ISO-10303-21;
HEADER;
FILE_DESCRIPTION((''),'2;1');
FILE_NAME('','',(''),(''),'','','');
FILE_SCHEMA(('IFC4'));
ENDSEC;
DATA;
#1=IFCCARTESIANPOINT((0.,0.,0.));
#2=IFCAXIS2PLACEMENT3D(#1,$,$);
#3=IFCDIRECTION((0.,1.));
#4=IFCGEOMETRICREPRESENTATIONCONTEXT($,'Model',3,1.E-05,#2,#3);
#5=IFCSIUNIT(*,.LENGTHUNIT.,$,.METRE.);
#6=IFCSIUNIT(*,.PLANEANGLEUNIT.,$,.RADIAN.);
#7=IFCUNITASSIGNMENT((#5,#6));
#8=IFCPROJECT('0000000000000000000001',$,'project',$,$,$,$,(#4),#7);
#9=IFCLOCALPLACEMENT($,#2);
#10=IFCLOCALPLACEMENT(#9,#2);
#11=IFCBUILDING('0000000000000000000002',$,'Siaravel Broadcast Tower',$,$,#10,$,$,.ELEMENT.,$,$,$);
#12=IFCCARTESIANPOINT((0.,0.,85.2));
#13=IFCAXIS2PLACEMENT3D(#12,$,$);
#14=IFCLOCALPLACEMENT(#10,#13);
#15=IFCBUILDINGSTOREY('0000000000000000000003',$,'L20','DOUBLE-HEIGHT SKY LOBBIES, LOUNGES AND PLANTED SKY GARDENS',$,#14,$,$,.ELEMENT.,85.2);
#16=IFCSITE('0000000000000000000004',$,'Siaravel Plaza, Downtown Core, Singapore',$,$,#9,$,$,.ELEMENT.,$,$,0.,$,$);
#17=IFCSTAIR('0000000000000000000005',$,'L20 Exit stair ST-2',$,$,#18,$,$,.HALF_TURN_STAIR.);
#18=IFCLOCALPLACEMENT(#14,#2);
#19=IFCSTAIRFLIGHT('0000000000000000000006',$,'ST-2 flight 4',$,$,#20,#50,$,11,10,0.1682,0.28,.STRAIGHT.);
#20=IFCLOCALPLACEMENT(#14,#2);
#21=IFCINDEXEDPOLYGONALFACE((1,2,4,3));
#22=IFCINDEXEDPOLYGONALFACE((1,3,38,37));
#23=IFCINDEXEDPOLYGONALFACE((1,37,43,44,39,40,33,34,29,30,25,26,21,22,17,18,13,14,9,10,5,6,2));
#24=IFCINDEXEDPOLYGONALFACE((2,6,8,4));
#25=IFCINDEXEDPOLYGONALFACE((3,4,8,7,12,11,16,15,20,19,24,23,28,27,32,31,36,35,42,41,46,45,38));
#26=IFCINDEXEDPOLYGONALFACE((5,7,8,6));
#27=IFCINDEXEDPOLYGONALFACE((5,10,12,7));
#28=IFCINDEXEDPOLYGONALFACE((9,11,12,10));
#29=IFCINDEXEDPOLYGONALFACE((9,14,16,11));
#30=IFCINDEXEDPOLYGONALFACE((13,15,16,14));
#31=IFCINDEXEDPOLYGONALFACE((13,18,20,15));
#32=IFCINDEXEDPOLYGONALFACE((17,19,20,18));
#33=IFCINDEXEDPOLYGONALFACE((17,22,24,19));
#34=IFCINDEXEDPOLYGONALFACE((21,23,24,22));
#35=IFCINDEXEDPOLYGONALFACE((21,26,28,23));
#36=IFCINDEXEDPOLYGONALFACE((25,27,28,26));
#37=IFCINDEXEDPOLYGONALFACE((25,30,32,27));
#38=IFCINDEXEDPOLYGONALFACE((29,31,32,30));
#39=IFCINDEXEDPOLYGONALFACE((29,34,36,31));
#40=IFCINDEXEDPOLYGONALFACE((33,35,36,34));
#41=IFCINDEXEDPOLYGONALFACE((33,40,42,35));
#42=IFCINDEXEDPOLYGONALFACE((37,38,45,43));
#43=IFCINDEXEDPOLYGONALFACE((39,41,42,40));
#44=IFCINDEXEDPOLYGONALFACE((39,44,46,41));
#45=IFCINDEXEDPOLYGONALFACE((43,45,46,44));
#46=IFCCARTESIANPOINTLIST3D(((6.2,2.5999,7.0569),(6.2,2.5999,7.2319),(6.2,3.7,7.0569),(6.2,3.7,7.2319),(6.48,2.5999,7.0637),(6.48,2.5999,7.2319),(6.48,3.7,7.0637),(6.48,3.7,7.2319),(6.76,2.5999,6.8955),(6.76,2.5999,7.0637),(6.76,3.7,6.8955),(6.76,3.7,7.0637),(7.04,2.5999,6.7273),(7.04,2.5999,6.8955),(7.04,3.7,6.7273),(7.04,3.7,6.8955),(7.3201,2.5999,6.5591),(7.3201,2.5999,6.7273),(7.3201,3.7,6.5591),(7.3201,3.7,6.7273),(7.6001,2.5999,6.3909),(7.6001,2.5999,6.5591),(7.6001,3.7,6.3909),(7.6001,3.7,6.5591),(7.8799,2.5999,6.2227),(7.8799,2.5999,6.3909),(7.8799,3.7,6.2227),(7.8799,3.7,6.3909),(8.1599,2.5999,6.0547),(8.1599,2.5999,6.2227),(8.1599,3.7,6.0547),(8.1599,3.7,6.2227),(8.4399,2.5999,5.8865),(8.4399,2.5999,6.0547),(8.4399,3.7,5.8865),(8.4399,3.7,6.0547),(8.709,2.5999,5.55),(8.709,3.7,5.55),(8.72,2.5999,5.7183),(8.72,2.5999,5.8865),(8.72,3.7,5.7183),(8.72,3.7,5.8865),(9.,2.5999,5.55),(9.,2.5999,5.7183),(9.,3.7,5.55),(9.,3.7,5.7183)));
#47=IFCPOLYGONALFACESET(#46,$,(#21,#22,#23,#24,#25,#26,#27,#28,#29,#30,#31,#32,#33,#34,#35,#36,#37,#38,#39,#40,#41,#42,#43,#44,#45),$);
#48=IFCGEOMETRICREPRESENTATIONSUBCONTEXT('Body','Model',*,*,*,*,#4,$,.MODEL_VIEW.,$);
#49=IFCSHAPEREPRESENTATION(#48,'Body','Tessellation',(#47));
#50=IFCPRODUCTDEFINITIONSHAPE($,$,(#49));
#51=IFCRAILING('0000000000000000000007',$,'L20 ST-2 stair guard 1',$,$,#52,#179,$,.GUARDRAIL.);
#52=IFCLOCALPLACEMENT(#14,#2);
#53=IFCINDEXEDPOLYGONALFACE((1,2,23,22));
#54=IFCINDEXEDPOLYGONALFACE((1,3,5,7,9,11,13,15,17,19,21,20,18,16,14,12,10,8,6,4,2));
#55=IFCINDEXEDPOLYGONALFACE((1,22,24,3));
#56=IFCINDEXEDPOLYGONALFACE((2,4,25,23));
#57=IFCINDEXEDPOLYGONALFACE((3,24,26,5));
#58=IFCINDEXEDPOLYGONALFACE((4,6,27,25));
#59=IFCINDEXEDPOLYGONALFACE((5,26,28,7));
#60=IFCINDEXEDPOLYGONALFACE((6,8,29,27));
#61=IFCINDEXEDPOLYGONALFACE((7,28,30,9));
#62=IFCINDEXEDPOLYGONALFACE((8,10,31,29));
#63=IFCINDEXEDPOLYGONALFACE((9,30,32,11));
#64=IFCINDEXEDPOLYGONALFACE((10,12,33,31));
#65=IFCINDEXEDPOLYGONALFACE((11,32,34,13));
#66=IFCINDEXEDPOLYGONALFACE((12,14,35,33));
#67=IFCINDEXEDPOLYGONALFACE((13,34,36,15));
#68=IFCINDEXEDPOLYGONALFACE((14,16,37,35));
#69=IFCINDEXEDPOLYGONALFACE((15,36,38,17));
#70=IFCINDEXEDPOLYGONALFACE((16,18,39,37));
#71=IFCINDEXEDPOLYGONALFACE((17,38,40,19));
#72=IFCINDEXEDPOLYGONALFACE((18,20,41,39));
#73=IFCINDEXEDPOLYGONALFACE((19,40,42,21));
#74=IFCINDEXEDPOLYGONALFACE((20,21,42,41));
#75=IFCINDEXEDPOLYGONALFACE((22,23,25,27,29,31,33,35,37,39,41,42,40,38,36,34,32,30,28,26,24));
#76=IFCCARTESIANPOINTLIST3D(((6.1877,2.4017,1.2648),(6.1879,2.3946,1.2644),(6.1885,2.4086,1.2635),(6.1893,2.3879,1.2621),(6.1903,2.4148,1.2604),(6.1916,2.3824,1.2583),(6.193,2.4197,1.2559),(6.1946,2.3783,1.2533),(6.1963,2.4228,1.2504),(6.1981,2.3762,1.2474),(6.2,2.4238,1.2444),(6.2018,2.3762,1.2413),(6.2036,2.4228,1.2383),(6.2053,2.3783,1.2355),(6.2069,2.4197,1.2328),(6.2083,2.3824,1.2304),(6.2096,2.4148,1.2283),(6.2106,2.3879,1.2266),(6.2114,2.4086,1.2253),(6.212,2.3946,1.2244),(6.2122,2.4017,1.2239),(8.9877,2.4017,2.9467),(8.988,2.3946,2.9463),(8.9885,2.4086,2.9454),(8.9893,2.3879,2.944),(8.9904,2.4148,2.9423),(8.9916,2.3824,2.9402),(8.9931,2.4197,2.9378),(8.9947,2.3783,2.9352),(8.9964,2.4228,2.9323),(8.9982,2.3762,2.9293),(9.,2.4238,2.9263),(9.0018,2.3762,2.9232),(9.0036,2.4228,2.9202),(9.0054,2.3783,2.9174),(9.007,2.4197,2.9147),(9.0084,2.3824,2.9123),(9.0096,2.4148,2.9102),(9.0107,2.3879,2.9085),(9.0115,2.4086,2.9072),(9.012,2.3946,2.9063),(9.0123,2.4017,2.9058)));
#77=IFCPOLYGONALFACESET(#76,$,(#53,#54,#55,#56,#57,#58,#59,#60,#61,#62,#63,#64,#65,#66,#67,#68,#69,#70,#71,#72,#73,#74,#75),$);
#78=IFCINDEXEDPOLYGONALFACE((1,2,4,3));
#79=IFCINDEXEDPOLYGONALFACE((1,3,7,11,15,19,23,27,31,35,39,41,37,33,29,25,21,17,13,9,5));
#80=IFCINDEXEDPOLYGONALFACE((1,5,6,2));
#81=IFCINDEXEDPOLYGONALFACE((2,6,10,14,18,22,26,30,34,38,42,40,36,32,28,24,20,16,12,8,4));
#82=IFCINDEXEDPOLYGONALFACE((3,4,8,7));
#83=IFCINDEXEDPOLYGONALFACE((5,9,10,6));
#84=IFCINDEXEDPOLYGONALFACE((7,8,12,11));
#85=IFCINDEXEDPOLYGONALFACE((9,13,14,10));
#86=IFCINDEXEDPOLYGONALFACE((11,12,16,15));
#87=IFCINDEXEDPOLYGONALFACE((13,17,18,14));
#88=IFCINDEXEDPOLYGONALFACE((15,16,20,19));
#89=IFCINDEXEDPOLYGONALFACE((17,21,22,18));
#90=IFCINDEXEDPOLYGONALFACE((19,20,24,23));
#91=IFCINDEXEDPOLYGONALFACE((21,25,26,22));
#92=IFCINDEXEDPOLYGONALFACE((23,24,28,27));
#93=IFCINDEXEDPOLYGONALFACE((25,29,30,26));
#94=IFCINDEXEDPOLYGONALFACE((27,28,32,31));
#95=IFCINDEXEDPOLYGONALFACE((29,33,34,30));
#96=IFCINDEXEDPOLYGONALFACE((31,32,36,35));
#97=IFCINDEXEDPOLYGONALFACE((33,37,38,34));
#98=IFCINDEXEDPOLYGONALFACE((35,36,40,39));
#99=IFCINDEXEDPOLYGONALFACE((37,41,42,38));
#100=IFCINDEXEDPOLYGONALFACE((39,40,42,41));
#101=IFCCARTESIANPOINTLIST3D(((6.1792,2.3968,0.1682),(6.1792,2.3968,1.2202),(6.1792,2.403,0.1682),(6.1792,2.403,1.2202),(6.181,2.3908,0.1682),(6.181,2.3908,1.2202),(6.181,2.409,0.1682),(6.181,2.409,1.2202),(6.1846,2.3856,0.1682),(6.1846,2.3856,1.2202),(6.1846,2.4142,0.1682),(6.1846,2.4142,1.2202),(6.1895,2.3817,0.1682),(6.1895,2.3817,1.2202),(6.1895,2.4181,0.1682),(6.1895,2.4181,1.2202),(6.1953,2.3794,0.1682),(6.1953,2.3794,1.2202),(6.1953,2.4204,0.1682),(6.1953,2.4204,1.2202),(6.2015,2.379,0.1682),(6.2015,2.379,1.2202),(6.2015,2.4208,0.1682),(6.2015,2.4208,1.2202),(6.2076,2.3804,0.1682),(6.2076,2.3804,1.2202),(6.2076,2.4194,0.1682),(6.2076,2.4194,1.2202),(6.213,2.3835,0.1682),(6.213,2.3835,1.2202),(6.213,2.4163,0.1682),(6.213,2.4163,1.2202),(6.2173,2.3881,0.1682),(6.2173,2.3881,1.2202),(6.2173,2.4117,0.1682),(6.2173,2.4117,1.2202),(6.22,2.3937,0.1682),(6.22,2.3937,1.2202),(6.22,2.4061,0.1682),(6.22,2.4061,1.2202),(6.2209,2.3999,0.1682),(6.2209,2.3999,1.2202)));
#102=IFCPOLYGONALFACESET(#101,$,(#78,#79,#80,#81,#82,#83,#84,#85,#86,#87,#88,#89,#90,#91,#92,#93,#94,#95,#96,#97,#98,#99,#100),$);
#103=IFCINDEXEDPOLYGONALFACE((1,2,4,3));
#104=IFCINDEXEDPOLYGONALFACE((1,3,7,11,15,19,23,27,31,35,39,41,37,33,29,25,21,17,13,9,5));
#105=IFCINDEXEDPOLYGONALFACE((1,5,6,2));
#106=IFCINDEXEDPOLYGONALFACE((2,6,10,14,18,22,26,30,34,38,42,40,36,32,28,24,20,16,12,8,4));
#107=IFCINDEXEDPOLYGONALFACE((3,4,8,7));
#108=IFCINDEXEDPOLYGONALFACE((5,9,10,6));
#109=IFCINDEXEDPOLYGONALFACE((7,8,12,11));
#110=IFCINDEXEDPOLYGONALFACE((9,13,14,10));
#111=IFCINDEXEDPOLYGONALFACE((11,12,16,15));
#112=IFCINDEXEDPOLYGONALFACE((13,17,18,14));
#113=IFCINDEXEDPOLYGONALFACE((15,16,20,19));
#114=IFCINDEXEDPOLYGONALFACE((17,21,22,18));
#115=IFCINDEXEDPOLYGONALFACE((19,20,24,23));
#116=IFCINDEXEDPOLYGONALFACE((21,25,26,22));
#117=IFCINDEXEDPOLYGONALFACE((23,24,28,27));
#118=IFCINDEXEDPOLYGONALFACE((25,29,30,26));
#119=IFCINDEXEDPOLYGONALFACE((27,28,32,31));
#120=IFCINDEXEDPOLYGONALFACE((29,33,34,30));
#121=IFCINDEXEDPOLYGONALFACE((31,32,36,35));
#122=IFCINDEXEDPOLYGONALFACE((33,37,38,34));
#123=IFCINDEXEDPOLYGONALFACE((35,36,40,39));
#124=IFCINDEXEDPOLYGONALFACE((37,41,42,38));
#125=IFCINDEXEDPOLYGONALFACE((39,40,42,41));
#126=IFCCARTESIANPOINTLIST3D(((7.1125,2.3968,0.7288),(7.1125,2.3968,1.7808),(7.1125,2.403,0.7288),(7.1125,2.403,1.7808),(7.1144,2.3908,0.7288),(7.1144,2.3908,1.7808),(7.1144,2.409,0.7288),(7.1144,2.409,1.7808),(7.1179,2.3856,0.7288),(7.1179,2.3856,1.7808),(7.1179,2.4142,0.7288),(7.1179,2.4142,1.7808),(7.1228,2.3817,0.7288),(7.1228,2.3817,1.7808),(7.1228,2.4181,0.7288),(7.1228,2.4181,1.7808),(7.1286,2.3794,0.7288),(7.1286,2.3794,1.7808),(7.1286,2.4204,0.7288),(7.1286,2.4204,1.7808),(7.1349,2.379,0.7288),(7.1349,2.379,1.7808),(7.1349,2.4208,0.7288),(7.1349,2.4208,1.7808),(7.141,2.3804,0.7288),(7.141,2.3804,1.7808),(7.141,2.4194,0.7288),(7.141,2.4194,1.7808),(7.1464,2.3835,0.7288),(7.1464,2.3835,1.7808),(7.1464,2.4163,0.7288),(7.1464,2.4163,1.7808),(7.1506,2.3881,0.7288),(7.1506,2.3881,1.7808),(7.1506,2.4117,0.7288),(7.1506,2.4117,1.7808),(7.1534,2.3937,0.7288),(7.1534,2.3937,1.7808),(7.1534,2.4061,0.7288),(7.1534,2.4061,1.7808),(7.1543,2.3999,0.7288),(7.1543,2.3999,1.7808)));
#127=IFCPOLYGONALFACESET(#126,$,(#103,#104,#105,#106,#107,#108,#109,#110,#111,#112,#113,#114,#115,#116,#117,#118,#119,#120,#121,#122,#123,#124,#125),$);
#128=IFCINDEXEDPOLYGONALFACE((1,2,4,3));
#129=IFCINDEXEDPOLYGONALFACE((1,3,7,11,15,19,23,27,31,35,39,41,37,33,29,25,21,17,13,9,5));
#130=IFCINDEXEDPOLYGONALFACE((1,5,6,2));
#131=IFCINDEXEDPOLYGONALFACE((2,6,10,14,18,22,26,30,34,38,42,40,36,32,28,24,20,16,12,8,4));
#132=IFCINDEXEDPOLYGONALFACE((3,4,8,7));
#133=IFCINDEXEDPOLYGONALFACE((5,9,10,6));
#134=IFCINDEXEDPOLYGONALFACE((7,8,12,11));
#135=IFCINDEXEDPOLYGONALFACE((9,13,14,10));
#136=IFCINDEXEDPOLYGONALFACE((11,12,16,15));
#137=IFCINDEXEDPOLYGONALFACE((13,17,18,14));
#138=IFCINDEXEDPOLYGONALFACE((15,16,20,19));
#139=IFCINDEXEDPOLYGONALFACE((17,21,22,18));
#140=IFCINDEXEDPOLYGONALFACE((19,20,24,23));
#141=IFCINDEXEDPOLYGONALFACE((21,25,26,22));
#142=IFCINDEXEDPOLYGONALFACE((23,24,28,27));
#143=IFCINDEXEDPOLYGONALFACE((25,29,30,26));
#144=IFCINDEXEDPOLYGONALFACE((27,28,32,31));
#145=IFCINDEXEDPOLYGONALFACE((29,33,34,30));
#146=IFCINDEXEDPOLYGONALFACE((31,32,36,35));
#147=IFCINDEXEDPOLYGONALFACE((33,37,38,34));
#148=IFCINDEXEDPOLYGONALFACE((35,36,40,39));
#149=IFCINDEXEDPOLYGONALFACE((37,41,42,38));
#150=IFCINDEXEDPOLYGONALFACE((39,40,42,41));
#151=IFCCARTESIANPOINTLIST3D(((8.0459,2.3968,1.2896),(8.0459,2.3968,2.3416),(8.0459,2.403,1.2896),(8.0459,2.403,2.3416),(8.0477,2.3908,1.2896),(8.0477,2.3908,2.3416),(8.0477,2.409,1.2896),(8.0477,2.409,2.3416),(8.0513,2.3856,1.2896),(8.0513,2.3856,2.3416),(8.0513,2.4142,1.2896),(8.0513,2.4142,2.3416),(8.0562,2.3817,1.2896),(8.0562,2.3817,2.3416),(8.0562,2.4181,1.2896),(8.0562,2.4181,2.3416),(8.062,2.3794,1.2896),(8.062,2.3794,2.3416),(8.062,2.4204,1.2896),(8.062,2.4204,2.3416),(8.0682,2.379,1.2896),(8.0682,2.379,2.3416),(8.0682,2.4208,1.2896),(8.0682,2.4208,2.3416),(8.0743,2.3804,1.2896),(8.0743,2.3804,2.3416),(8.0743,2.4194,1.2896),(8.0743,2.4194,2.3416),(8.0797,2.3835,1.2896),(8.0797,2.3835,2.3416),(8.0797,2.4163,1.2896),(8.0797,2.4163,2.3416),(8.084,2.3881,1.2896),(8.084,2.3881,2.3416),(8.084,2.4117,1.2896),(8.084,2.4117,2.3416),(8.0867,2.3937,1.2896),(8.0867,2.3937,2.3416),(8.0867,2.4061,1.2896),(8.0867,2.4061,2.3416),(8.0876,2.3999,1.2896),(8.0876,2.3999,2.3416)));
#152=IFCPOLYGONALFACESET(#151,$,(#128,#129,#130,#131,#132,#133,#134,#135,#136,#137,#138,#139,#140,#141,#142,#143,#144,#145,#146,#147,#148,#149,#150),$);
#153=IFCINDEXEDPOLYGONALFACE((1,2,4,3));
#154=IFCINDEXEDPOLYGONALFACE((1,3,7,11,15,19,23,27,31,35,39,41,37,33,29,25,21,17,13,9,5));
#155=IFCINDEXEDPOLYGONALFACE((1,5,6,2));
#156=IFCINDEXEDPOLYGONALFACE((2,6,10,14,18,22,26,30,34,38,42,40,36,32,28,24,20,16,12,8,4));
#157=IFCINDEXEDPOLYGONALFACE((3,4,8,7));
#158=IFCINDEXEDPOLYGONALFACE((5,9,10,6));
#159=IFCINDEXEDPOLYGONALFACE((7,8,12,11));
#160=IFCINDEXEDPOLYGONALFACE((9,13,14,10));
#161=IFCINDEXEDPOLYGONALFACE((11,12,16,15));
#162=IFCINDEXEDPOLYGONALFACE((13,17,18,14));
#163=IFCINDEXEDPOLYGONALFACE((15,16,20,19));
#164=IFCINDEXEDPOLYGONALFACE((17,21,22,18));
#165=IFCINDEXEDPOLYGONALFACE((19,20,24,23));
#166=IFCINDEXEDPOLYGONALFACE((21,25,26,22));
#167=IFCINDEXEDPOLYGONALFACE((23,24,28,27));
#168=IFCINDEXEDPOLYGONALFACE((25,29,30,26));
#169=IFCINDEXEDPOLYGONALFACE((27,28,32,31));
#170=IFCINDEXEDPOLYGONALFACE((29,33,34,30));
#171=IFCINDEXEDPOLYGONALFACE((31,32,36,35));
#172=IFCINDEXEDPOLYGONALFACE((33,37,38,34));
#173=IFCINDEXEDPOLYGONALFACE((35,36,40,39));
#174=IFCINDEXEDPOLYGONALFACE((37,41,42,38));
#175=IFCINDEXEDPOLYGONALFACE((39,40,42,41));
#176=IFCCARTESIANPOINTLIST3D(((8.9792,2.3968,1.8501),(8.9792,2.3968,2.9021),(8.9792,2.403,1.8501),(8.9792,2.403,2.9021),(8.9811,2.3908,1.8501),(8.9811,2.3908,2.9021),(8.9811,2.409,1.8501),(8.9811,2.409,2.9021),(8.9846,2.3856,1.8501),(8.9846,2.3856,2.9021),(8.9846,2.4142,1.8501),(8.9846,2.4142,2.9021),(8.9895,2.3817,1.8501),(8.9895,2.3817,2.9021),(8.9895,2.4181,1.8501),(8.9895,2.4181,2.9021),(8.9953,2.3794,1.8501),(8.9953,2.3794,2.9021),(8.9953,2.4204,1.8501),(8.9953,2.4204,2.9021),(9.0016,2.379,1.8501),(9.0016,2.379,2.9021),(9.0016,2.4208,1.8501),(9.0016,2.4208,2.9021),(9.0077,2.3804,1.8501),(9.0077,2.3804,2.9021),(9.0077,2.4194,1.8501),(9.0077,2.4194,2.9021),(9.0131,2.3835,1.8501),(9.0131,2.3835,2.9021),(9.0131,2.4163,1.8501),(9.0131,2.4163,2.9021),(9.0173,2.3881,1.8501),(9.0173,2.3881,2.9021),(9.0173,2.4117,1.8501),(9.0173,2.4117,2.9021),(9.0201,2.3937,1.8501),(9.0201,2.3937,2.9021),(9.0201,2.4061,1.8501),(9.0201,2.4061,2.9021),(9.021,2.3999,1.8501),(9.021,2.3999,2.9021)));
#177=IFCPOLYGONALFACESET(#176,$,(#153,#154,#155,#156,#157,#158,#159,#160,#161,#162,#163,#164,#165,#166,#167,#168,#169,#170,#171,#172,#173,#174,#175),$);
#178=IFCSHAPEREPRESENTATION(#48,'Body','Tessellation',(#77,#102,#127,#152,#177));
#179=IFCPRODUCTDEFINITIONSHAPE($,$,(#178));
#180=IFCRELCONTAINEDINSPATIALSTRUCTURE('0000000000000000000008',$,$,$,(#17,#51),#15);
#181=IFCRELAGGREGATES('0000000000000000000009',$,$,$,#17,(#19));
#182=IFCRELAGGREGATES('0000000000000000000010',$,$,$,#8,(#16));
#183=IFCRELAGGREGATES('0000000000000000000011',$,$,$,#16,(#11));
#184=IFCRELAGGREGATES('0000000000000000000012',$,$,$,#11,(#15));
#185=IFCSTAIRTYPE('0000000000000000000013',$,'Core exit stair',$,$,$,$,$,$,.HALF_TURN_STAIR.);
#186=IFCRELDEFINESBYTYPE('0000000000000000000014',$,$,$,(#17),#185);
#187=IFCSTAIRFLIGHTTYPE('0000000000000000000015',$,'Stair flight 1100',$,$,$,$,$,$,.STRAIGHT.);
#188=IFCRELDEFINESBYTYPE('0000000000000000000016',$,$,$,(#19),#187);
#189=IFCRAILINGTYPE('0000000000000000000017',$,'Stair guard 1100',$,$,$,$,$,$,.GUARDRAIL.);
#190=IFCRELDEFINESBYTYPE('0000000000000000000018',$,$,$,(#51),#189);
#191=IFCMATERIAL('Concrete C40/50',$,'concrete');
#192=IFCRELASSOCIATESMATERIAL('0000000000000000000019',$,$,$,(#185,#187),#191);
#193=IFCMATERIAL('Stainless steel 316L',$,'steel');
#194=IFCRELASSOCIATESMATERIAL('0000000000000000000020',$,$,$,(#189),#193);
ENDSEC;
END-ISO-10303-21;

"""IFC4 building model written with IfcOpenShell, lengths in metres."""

from ifc_helpers import new_model, si_unit, direction, frame, origin, origin_2d, place, context, subcontext, project, spatial, polyline, circle, outline, extrude, material, type_object, element, aggregate, save


model = new_model("IFC4")

# Units and contexts
model_context = context("Model", 3, precision=1e-05, world=origin(), true_north=direction((0.0, 1.0)))
body_context = subcontext(model_context, "Body", "Model", "MODEL_VIEW")
ifc_project = project(units=[si_unit("LENGTHUNIT", "METRE"), si_unit("PLANEANGLEUNIT", "RADIAN")], contexts=[model_context])

# Site, building, storey
site_placement = place(None, origin())
site = spatial("IfcSite", under=ifc_project, at=site_placement, Name="Siaravel Plaza, Downtown Core, Singapore", CompositionType="ELEMENT", RefElevation=0.0)
building_placement = place(site_placement, origin())
building = spatial("IfcBuilding", under=site, at=building_placement, Name="Siaravel Broadcast Tower", CompositionType="ELEMENT")
storey_placement = place(building_placement, frame((0.0, 0.0, 85.2)))
storey = spatial("IfcBuildingStorey", under=building, at=storey_placement, Name="L20", Description="DOUBLE-HEIGHT SKY LOBBIES, LOUNGES AND PLANTED SKY GARDENS", CompositionType="ELEMENT", Elevation=85.2)

# Shared definitions
ifc_material_1 = material(Name="Concrete C40/50", Category="concrete")

# Shared definitions
stair_type = type_object("IfcStairType", Name="Core exit stair", PredefinedType="HALF_TURN_STAIR", material=ifc_material_1)

# Stair
stair_1_placement = place(storey_placement, origin())
stair_1 = element("IfcStair", 1, at=stair_1_placement, inside=storey, type_object=stair_type, Name="L20 Exit stair ST-2", PredefinedType="HALF_TURN_STAIR")

# Stair flight
stair_flight_type = type_object("IfcStairFlightType", Name="Stair flight 1100", PredefinedType="STRAIGHT", material=ifc_material_1)
stair_flight_1_placement = place(storey_placement, frame((9.0, 3.1499, 5.55), z_axis=(0.0, 0.0, 1.0), x_axis=(-1.0, 0.0, 0.0)))
stair_flight_1 = element("IfcStairFlight", 2, at=stair_flight_1_placement, type_object=stair_flight_type, Name="ST-2 flight 4", NumberOfRisers=11, NumberOfTreads=10, PredefinedType="STRAIGHT", RiserHeight=0.1682, TreadLength=0.28, context=body_context, shape_type="SweptSolid", body=[
    extrude(outline(polyline([(0.0, 0.0), (0.0, 0.1682), (0.28, 0.1682), (0.28, 0.3364), (0.5601, 0.3364), (0.5601, 0.5046), (0.8401, 0.5046), (0.8401, 0.6726), (1.1201, 0.6726), (1.1201, 0.8408), (1.3999, 0.8408), (1.3999, 1.009), (1.6799, 1.009), (1.6799, 1.1772), (1.96, 1.1772), (1.96, 1.3455), (2.24, 1.3455), (2.24, 1.5137), (2.52, 1.5137), (2.52, 1.6819), (2.8, 1.6819), (2.8, 1.8501), (2.8, 1.5068), (0.291, 0.0), (0.0, 0.0)])), frame((0.0, 0.55, 0.0), z_axis=(0.0, -1.0, 0.0), x_axis=(1.0, 0.0, 0.0)), (0.0, 0.0, 1.0), 1.1001),
])
aggregate(stair_1, [stair_flight_1])

# Railing
ifc_material_2 = material(Name="Stainless steel 316L", Category="steel")
railing_type_1 = type_object("IfcRailingType", Name="Stair guard 1100", PredefinedType="GUARDRAIL", material=ifc_material_2)
railing_1_placement = place(storey_placement, frame((6.2, 2.3999, 0.1682)))
element("IfcRailing", 3, at=railing_1_placement, inside=storey, type_object=railing_type_1, Name="L20 ST-2 stair guard 1", PredefinedType="GUARDRAIL", context=body_context, shape_type="SweptSolid", body=[
    extrude(circle(Radius=0.0239, at=origin_2d()), frame((0.0, 0.0, 1.0762), z_axis=(0.857242, 0.0, 0.514913), x_axis=(0.0, 1.0, 0.0)), (0.0, 0.0, 1.0), 3.2664),
    extrude(circle(Radius=0.021, at=origin_2d()), origin(), (0.0, 0.0, 1.0), 1.052),
    extrude(circle(Radius=0.021, at=origin_2d()), frame((0.9333, 0.0, 0.5605)), (0.0, 0.0, 1.0), 1.052),
    extrude(circle(Radius=0.021, at=origin_2d()), frame((1.8667, 0.0, 1.1213)), (0.0, 0.0, 1.0), 1.052),
    extrude(circle(Radius=0.021, at=origin_2d()), frame((2.8, 0.0, 1.6819)), (0.0, 0.0, 1.0), 1.052),
])

save(model, "model.ifc")
